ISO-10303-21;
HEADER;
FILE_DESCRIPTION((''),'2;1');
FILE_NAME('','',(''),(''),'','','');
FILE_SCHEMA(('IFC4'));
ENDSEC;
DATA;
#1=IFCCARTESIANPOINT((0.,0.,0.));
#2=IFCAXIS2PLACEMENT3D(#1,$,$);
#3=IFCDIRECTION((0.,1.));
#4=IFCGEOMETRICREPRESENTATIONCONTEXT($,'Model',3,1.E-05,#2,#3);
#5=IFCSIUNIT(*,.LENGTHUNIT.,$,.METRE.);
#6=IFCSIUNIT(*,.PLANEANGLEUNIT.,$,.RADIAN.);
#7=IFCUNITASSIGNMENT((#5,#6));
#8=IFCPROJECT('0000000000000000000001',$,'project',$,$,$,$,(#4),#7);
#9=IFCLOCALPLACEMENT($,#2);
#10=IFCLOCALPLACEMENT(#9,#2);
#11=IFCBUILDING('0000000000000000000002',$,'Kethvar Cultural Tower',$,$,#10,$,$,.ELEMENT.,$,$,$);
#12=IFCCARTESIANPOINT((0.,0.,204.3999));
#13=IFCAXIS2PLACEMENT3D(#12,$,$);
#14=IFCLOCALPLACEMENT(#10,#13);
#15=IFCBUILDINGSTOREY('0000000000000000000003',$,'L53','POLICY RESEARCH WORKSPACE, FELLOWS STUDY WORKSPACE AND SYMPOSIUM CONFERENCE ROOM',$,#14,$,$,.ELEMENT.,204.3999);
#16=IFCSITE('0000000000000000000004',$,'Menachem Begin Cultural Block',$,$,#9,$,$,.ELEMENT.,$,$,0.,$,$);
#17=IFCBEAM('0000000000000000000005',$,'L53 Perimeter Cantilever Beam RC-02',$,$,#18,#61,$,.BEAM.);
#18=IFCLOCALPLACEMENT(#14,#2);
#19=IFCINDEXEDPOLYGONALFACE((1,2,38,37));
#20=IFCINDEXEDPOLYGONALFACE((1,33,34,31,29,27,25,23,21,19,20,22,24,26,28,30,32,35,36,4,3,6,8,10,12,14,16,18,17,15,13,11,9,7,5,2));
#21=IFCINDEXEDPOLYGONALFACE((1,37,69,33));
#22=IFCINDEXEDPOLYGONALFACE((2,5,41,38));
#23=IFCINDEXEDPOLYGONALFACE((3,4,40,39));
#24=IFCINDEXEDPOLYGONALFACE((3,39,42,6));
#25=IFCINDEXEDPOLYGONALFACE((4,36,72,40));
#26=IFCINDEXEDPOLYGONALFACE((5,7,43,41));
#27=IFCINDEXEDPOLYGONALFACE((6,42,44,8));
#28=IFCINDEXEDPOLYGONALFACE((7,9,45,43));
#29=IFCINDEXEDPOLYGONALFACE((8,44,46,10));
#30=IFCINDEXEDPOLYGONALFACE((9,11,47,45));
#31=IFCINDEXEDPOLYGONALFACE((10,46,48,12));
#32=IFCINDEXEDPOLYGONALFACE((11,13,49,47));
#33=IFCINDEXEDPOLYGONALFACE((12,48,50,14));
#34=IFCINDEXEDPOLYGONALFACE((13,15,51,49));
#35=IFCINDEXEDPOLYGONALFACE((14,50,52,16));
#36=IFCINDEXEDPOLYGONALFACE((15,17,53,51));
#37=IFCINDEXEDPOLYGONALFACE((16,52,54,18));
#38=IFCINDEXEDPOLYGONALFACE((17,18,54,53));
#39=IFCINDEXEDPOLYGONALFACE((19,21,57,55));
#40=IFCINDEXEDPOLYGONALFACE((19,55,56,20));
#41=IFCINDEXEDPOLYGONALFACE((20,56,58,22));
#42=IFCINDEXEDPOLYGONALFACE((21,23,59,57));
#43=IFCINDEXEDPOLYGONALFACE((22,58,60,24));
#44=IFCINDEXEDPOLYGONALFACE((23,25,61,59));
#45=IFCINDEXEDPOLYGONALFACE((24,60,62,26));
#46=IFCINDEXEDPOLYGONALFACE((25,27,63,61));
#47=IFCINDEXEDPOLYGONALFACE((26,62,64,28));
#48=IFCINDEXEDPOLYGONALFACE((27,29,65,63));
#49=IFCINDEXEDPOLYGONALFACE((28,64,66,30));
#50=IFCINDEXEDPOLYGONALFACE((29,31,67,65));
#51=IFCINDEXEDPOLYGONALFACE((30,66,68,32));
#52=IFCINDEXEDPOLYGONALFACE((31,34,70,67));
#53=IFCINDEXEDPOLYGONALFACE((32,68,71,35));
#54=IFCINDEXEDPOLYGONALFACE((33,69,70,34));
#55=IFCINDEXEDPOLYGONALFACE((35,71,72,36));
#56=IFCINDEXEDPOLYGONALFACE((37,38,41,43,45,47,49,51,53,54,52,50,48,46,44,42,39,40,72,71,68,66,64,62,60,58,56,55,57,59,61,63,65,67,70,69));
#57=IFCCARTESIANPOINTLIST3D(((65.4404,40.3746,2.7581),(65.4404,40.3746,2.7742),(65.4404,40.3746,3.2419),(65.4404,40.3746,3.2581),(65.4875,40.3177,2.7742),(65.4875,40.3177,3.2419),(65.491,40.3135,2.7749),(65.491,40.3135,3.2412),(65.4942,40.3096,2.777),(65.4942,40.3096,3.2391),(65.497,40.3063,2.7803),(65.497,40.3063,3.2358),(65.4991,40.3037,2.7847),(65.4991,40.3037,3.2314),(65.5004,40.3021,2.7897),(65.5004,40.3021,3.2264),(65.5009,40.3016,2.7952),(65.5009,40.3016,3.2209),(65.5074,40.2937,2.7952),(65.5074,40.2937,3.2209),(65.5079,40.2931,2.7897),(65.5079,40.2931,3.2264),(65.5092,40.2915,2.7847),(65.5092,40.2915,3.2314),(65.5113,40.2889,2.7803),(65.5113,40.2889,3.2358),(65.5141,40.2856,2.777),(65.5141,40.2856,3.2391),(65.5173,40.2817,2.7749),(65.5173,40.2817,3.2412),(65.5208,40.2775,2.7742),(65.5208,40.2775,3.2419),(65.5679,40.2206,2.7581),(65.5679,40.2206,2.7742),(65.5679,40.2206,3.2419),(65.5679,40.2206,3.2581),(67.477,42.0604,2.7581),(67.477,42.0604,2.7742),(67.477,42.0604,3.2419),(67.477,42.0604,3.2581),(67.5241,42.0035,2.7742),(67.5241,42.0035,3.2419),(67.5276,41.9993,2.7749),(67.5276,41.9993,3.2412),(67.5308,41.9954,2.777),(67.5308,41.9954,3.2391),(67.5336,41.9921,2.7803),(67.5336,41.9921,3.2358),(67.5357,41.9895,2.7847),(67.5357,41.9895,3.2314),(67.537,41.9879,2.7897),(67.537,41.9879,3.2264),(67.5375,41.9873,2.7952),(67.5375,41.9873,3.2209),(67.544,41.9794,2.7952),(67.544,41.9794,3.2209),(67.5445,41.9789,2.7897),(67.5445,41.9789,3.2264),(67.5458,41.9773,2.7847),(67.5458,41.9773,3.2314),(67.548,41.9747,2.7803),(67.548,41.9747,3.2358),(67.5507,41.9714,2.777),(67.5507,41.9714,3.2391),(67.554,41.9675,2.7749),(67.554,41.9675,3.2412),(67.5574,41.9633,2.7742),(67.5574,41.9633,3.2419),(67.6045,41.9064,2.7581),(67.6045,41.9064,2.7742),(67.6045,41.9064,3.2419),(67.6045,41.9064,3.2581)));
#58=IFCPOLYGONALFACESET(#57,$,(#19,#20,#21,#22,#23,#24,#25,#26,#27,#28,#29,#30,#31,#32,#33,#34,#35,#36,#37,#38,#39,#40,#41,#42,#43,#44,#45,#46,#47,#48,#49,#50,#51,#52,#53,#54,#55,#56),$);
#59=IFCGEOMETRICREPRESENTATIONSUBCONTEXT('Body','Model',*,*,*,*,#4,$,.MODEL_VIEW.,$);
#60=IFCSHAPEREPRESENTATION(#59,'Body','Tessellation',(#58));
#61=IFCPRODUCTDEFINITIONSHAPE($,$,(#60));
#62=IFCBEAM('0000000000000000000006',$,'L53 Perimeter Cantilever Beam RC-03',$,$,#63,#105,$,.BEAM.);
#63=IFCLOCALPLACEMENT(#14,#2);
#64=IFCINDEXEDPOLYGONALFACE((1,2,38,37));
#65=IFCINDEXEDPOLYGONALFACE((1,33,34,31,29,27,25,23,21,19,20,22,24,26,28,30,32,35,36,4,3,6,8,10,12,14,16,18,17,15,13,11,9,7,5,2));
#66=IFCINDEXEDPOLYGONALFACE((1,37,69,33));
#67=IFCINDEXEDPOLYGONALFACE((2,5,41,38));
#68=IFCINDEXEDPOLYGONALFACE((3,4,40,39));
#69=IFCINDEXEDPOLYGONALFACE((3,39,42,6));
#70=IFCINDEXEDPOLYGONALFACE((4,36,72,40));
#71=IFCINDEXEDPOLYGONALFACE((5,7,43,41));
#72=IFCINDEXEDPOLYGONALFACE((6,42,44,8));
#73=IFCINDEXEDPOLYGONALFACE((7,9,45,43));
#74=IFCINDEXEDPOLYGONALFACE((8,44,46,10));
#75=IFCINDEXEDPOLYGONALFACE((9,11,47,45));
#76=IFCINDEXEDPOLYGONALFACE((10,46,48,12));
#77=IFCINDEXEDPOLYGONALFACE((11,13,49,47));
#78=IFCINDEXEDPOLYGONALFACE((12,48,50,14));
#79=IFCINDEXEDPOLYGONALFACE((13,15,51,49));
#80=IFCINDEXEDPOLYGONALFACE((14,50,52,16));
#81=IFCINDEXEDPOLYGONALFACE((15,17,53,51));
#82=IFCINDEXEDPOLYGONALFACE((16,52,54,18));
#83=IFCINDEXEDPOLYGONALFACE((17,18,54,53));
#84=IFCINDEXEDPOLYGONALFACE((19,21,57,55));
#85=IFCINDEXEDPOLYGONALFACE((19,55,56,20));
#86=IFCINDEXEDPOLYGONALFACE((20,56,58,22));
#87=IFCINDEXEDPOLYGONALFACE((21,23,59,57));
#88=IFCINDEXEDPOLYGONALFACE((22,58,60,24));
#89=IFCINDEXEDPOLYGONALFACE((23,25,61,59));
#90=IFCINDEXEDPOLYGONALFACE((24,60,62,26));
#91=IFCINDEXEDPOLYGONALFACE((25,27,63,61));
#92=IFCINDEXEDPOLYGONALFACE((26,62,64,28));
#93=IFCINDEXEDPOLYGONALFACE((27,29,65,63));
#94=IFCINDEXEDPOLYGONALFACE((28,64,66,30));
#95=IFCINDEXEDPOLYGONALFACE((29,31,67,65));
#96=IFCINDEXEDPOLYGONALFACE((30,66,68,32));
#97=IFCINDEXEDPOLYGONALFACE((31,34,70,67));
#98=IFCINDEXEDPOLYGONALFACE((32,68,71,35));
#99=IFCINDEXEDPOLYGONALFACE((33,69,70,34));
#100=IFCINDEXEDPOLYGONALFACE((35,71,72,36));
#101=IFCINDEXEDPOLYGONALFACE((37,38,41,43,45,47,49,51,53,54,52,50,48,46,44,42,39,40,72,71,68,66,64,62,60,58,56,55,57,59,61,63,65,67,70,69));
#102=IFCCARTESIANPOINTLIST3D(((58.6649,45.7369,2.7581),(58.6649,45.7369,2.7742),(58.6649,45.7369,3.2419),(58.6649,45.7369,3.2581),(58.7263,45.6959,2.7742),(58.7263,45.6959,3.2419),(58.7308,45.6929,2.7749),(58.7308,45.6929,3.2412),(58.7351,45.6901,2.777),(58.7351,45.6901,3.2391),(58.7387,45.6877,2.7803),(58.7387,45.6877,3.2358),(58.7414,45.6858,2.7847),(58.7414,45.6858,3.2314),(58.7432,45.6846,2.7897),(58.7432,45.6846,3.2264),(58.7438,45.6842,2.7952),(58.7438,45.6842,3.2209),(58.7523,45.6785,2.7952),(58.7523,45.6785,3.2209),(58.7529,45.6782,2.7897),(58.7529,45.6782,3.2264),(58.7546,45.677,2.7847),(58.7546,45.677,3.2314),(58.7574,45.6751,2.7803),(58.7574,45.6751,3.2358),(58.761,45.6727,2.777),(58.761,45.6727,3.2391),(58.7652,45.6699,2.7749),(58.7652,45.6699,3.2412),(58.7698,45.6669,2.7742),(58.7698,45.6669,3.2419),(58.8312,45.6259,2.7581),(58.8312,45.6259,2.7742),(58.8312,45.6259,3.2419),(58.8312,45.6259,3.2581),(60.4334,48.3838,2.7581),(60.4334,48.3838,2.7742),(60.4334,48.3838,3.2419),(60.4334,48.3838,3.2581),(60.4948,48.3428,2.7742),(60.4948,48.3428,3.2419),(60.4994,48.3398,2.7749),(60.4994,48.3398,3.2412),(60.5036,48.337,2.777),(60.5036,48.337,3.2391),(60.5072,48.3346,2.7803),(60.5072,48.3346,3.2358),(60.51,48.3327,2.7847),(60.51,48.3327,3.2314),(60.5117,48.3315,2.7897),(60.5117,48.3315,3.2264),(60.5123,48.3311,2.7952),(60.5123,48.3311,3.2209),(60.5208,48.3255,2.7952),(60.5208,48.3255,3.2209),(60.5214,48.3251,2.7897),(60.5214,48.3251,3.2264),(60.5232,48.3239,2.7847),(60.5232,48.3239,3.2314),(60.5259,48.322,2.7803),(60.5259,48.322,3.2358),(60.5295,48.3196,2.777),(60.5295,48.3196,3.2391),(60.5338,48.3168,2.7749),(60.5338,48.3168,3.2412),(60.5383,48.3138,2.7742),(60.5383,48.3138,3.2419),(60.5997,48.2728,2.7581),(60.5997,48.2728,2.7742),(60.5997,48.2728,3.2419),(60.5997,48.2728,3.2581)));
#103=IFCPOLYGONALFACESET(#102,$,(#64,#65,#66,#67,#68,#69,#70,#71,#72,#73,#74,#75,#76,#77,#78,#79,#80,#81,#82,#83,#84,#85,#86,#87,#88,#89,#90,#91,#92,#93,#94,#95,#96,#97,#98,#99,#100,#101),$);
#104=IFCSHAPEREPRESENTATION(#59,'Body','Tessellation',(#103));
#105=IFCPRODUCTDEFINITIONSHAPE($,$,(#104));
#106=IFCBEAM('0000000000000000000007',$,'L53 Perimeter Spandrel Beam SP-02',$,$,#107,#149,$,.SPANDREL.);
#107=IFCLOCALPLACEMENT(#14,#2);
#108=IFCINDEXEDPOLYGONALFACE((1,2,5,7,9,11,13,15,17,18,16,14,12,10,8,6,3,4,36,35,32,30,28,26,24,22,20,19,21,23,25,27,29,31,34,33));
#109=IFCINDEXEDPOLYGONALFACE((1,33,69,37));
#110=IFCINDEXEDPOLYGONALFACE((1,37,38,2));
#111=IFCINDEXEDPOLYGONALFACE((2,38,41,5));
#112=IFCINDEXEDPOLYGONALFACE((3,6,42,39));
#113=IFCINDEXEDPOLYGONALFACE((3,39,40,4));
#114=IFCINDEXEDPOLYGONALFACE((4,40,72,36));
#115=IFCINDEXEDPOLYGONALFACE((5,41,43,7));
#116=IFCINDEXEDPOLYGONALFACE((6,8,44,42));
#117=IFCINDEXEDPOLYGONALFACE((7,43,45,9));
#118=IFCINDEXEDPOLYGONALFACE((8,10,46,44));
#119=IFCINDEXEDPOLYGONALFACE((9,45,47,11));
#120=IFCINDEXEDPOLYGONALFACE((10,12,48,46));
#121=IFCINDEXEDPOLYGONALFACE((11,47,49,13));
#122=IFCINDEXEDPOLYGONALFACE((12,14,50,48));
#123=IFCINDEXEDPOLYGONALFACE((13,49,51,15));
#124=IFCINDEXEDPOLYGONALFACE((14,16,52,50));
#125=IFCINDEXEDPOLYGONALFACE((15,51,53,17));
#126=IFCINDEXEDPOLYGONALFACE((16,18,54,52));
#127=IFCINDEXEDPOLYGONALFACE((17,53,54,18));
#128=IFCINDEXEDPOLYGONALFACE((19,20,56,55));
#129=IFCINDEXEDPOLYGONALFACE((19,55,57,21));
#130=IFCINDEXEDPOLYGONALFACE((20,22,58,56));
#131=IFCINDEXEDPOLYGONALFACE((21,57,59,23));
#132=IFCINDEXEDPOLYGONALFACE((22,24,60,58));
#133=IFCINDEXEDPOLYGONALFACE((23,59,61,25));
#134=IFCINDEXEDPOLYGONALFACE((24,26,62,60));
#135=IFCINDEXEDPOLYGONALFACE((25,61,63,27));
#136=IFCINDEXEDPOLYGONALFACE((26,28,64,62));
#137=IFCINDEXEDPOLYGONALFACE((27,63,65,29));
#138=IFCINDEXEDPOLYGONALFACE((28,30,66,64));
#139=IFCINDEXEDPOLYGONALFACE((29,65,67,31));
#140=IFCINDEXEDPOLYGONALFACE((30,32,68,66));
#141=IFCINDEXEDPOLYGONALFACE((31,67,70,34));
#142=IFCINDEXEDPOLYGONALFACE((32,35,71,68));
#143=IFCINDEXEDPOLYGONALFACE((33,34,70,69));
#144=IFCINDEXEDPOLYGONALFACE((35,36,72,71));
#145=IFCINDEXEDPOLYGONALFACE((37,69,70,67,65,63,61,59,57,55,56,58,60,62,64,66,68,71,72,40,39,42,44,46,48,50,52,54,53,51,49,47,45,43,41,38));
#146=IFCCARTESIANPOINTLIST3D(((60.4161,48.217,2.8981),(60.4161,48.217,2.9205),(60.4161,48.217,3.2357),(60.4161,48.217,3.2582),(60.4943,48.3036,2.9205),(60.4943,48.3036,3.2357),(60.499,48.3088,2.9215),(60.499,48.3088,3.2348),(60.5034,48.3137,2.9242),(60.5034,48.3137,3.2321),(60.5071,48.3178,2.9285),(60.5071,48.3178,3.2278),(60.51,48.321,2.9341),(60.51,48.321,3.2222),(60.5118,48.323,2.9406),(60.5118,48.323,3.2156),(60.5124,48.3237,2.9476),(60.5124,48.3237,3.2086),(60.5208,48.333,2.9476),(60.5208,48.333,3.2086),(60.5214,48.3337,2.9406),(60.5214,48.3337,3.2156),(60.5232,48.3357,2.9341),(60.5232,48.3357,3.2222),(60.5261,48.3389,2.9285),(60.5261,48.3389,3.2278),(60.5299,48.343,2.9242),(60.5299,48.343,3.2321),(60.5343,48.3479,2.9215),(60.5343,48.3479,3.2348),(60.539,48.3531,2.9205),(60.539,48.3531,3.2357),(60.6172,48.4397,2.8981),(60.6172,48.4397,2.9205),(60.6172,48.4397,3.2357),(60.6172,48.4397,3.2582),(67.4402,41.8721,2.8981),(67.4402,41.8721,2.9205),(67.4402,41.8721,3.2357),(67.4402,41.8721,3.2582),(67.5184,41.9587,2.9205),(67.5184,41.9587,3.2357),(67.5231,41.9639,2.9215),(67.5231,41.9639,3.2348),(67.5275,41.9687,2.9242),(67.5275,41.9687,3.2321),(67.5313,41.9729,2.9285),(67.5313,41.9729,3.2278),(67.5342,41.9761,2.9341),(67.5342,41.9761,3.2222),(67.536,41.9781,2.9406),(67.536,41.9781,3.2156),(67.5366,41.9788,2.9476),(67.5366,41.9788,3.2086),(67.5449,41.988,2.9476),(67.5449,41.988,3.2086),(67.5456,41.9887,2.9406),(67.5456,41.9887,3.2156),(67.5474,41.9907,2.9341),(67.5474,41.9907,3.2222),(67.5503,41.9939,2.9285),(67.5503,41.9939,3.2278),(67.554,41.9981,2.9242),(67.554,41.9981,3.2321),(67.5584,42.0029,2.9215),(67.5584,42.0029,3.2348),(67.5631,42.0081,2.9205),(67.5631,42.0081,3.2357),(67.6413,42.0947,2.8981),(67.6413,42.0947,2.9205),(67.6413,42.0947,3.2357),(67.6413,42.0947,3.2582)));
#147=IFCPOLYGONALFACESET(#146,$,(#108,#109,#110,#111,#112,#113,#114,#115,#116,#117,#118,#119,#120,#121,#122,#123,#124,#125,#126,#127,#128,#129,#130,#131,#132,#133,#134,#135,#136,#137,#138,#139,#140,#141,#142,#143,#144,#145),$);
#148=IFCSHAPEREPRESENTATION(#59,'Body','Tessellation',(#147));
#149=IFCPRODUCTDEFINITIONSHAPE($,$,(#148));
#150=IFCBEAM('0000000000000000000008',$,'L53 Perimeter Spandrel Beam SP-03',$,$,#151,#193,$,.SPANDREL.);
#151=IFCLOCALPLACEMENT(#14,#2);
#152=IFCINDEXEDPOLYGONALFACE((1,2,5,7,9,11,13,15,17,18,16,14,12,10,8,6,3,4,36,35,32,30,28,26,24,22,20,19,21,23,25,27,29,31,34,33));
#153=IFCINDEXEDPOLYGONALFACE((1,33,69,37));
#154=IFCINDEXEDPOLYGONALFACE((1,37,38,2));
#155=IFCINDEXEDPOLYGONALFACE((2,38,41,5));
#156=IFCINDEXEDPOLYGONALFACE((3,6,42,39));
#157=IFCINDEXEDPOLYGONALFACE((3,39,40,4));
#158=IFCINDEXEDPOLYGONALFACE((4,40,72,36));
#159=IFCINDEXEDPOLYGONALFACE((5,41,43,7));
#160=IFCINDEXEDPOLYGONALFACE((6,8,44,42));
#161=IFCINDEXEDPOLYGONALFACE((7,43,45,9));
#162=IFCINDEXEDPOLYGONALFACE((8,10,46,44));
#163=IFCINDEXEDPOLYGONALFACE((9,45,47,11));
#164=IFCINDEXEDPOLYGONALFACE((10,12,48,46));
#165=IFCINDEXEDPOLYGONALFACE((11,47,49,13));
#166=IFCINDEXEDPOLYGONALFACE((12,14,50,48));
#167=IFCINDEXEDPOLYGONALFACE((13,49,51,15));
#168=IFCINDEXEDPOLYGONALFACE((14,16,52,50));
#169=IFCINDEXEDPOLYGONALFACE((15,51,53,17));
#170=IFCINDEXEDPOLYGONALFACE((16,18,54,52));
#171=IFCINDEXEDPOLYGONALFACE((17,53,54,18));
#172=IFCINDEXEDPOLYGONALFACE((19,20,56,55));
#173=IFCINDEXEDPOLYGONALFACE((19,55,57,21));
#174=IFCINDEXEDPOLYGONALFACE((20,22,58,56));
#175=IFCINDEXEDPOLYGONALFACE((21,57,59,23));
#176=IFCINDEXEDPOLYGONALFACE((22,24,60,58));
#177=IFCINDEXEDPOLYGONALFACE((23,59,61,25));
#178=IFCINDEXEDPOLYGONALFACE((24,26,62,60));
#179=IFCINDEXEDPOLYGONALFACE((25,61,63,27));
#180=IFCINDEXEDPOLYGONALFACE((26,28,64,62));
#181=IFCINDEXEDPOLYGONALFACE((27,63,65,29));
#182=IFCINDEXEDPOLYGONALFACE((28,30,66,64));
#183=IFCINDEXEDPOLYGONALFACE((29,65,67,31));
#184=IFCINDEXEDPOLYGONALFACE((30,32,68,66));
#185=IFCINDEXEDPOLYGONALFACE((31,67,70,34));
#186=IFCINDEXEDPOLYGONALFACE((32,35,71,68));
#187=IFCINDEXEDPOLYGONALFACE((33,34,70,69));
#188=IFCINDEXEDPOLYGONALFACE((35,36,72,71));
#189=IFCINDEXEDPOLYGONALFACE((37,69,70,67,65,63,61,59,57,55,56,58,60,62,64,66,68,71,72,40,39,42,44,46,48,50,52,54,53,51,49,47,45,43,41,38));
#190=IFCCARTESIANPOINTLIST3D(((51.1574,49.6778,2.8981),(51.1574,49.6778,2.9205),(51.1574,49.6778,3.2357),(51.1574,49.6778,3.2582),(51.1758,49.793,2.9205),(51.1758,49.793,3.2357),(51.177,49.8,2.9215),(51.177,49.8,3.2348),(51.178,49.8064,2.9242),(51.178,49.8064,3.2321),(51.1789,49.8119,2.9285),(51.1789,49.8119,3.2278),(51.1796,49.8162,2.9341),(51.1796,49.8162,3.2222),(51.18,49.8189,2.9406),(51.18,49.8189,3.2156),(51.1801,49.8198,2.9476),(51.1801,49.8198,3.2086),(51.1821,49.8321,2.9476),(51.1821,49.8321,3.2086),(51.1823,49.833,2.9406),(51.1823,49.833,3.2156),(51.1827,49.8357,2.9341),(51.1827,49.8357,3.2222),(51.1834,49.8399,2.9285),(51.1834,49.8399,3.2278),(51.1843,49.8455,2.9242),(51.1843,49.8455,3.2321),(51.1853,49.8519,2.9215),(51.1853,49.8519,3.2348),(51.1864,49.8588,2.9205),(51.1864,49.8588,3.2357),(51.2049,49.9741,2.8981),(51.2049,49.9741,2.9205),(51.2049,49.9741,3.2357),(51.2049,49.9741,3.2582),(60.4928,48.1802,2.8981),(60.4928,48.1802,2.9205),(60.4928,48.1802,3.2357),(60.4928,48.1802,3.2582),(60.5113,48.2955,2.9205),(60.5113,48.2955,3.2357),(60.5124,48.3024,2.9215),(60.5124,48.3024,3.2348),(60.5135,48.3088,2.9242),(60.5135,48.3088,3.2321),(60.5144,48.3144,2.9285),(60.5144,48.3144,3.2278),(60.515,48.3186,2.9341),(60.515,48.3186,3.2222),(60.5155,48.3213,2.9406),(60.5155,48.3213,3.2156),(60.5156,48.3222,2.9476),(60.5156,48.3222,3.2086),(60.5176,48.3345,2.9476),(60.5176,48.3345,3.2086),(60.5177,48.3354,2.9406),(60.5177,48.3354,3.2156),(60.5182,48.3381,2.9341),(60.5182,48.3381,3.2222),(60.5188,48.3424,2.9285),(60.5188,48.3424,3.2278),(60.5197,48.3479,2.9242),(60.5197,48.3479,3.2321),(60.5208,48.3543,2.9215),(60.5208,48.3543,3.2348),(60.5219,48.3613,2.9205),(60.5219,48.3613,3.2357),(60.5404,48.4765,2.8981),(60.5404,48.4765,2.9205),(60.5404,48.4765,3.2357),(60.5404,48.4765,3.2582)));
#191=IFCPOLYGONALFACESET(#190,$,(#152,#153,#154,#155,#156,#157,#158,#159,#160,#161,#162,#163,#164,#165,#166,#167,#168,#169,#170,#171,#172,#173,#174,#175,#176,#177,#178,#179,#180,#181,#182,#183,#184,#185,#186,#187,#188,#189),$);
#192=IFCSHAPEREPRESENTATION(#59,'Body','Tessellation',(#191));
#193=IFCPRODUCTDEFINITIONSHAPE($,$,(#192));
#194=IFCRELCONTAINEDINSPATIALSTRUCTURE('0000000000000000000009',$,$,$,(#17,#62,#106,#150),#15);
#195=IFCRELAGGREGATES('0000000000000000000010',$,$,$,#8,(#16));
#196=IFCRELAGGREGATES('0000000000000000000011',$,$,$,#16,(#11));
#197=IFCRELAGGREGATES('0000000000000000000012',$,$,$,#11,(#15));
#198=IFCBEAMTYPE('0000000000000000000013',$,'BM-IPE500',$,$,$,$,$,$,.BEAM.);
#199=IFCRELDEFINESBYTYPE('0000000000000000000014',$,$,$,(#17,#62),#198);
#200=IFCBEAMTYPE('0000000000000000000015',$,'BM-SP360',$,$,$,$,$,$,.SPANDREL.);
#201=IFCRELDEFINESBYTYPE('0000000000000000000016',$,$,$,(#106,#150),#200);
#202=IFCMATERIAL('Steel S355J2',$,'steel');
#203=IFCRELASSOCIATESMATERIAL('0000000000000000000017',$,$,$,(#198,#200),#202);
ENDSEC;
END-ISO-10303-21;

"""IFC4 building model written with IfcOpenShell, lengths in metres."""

from ifc_helpers import new_model, si_unit, direction, frame, origin, origin_2d, place, context, subcontext, project, spatial, i_section, extrude, source, transform, mapped, material, material_profile, profile_set, type_object, element, save


model = new_model("IFC4")

# Units and contexts
model_context = context("Model", 3, precision=1e-05, world=origin(), true_north=direction((0.0, 1.0)))
body_context = subcontext(model_context, "Body", "Model", "MODEL_VIEW")
ifc_project = project(units=[si_unit("LENGTHUNIT", "METRE"), si_unit("PLANEANGLEUNIT", "RADIAN")], contexts=[model_context])

# Site, building, storey
site_placement = place(None, origin())
site = spatial("IfcSite", under=ifc_project, at=site_placement, Name="Menachem Begin Cultural Block", CompositionType="ELEMENT", RefElevation=0.0)
building_placement = place(site_placement, origin())
building = spatial("IfcBuilding", under=site, at=building_placement, Name="Kethvar Cultural Tower", CompositionType="ELEMENT")
storey_placement = place(building_placement, frame((0.0, 0.0, 204.3999)))
storey = spatial("IfcBuildingStorey", under=building, at=storey_placement, Name="L53", Description="POLICY RESEARCH WORKSPACE, FELLOWS STUDY WORKSPACE AND SYMPOSIUM CONFERENCE ROOM", CompositionType="ELEMENT", Elevation=204.3999)

# Beams
ifc_material_1 = material(Name="Steel S355J2", Category="steel")
ifc_material_profile_1 = material_profile(ifc_material_1, i_section(OverallWidth=0.2, OverallDepth=0.5, WebThickness=0.0103, FlangeThickness=0.0161, FilletRadius=0.021, at=origin_2d()), Name="Steel S355J2 — IPE500")
ifc_profile_set_1 = profile_set([ifc_material_profile_1], Name="Steel S355J2 — IPE500")
beam_type_1 = type_object("IfcBeamType", Name="BM-IPE500", PredefinedType="BEAM", material=ifc_profile_set_1)
shared_shape_1 = source(origin(), body_context, "Body", "SweptSolid", [
    extrude(i_section(OverallWidth=0.2, OverallDepth=0.5, WebThickness=0.0103, FlangeThickness=0.0161, FilletRadius=0.021, at=origin_2d()), origin(), (0.0, 0.0, 1.0), 2.6438),
])
beam_1_placement = place(storey_placement, frame((65.5042, 40.2976, 3.0081), z_axis=(0.770336, 0.637638, 0.0), x_axis=(-0.637638, 0.770336, 0.0)))
element("IfcBeam", 1, at=beam_1_placement, inside=storey, type_object=beam_type_1, Name="L53 Perimeter Cantilever Beam RC-02", PredefinedType="BEAM", context=body_context, shape_type="MappedRepresentation", body=[
    mapped(shared_shape_1, transform((0.0, 0.0, 0.0), scale=1.0)),
])
shared_shape_2 = source(origin(), body_context, "Body", "SweptSolid", [
    extrude(i_section(OverallWidth=0.2, OverallDepth=0.5, WebThickness=0.0103, FlangeThickness=0.0161, FilletRadius=0.021, at=origin_2d()), origin(), (0.0, 0.0, 1.0), 3.1833),
])
beam_2_placement = place(storey_placement, frame((58.748, 45.6814, 3.0081), z_axis=(0.555549, 0.831484, 0.0), x_axis=(-0.831484, 0.555549, 0.0)))
element("IfcBeam", 2, at=beam_2_placement, inside=storey, type_object=beam_type_1, Name="L53 Perimeter Cantilever Beam RC-03", PredefinedType="BEAM", context=body_context, shape_type="MappedRepresentation", body=[
    mapped(shared_shape_2, transform((0.0, 0.0, 0.0), scale=1.0)),
])
ifc_material_profile_2 = material_profile(ifc_material_1, i_section(OverallWidth=0.3, OverallDepth=0.3601, WebThickness=0.0125, FlangeThickness=0.0225, FilletRadius=0.0271, at=origin_2d()), Name="Steel S355J2 — HEB360")
ifc_profile_set_2 = profile_set([ifc_material_profile_2], Name="Steel S355J2 — HEB360")
beam_type_2 = type_object("IfcBeamType", Name="BM-SP360", PredefinedType="SPANDREL", material=ifc_profile_set_2)
shared_shape_3 = source(origin(), body_context, "Body", "SweptSolid", [
    extrude(i_section(OverallWidth=0.3, OverallDepth=0.3601, WebThickness=0.0125, FlangeThickness=0.0225, FilletRadius=0.0271, at=origin_2d()), origin(), (0.0, 0.0, 1.0), 9.4656),
])
beam_3_placement = place(storey_placement, frame((67.5408, 41.9834, 3.0781), z_axis=(-0.742073, 0.670319, 0.0), x_axis=(-0.670319, -0.742073, 0.0)))
element("IfcBeam", 3, at=beam_3_placement, inside=storey, type_object=beam_type_2, Name="L53 Perimeter Spandrel Beam SP-02", PredefinedType="SPANDREL", context=body_context, shape_type="MappedRepresentation", body=[
    mapped(shared_shape_3, transform((0.0, 0.0, 0.0), scale=1.0)),
])
shared_shape_4 = source(origin(), body_context, "Body", "SweptSolid", [
    extrude(i_section(OverallWidth=0.3, OverallDepth=0.3601, WebThickness=0.0125, FlangeThickness=0.0225, FilletRadius=0.0271, at=origin_2d()), origin(), (0.0, 0.0, 1.0), 9.4548),
])
beam_4_placement = place(storey_placement, frame((60.5166, 48.3284, 3.0781), z_axis=(-0.987376, 0.158391, 0.0), x_axis=(-0.158391, -0.987376, 0.0)))
element("IfcBeam", 4, at=beam_4_placement, inside=storey, type_object=beam_type_2, Name="L53 Perimeter Spandrel Beam SP-03", PredefinedType="SPANDREL", context=body_context, shape_type="MappedRepresentation", body=[
    mapped(shared_shape_4, transform((0.0, 0.0, 0.0), scale=1.0)),
])

save(model, "model.ifc")
